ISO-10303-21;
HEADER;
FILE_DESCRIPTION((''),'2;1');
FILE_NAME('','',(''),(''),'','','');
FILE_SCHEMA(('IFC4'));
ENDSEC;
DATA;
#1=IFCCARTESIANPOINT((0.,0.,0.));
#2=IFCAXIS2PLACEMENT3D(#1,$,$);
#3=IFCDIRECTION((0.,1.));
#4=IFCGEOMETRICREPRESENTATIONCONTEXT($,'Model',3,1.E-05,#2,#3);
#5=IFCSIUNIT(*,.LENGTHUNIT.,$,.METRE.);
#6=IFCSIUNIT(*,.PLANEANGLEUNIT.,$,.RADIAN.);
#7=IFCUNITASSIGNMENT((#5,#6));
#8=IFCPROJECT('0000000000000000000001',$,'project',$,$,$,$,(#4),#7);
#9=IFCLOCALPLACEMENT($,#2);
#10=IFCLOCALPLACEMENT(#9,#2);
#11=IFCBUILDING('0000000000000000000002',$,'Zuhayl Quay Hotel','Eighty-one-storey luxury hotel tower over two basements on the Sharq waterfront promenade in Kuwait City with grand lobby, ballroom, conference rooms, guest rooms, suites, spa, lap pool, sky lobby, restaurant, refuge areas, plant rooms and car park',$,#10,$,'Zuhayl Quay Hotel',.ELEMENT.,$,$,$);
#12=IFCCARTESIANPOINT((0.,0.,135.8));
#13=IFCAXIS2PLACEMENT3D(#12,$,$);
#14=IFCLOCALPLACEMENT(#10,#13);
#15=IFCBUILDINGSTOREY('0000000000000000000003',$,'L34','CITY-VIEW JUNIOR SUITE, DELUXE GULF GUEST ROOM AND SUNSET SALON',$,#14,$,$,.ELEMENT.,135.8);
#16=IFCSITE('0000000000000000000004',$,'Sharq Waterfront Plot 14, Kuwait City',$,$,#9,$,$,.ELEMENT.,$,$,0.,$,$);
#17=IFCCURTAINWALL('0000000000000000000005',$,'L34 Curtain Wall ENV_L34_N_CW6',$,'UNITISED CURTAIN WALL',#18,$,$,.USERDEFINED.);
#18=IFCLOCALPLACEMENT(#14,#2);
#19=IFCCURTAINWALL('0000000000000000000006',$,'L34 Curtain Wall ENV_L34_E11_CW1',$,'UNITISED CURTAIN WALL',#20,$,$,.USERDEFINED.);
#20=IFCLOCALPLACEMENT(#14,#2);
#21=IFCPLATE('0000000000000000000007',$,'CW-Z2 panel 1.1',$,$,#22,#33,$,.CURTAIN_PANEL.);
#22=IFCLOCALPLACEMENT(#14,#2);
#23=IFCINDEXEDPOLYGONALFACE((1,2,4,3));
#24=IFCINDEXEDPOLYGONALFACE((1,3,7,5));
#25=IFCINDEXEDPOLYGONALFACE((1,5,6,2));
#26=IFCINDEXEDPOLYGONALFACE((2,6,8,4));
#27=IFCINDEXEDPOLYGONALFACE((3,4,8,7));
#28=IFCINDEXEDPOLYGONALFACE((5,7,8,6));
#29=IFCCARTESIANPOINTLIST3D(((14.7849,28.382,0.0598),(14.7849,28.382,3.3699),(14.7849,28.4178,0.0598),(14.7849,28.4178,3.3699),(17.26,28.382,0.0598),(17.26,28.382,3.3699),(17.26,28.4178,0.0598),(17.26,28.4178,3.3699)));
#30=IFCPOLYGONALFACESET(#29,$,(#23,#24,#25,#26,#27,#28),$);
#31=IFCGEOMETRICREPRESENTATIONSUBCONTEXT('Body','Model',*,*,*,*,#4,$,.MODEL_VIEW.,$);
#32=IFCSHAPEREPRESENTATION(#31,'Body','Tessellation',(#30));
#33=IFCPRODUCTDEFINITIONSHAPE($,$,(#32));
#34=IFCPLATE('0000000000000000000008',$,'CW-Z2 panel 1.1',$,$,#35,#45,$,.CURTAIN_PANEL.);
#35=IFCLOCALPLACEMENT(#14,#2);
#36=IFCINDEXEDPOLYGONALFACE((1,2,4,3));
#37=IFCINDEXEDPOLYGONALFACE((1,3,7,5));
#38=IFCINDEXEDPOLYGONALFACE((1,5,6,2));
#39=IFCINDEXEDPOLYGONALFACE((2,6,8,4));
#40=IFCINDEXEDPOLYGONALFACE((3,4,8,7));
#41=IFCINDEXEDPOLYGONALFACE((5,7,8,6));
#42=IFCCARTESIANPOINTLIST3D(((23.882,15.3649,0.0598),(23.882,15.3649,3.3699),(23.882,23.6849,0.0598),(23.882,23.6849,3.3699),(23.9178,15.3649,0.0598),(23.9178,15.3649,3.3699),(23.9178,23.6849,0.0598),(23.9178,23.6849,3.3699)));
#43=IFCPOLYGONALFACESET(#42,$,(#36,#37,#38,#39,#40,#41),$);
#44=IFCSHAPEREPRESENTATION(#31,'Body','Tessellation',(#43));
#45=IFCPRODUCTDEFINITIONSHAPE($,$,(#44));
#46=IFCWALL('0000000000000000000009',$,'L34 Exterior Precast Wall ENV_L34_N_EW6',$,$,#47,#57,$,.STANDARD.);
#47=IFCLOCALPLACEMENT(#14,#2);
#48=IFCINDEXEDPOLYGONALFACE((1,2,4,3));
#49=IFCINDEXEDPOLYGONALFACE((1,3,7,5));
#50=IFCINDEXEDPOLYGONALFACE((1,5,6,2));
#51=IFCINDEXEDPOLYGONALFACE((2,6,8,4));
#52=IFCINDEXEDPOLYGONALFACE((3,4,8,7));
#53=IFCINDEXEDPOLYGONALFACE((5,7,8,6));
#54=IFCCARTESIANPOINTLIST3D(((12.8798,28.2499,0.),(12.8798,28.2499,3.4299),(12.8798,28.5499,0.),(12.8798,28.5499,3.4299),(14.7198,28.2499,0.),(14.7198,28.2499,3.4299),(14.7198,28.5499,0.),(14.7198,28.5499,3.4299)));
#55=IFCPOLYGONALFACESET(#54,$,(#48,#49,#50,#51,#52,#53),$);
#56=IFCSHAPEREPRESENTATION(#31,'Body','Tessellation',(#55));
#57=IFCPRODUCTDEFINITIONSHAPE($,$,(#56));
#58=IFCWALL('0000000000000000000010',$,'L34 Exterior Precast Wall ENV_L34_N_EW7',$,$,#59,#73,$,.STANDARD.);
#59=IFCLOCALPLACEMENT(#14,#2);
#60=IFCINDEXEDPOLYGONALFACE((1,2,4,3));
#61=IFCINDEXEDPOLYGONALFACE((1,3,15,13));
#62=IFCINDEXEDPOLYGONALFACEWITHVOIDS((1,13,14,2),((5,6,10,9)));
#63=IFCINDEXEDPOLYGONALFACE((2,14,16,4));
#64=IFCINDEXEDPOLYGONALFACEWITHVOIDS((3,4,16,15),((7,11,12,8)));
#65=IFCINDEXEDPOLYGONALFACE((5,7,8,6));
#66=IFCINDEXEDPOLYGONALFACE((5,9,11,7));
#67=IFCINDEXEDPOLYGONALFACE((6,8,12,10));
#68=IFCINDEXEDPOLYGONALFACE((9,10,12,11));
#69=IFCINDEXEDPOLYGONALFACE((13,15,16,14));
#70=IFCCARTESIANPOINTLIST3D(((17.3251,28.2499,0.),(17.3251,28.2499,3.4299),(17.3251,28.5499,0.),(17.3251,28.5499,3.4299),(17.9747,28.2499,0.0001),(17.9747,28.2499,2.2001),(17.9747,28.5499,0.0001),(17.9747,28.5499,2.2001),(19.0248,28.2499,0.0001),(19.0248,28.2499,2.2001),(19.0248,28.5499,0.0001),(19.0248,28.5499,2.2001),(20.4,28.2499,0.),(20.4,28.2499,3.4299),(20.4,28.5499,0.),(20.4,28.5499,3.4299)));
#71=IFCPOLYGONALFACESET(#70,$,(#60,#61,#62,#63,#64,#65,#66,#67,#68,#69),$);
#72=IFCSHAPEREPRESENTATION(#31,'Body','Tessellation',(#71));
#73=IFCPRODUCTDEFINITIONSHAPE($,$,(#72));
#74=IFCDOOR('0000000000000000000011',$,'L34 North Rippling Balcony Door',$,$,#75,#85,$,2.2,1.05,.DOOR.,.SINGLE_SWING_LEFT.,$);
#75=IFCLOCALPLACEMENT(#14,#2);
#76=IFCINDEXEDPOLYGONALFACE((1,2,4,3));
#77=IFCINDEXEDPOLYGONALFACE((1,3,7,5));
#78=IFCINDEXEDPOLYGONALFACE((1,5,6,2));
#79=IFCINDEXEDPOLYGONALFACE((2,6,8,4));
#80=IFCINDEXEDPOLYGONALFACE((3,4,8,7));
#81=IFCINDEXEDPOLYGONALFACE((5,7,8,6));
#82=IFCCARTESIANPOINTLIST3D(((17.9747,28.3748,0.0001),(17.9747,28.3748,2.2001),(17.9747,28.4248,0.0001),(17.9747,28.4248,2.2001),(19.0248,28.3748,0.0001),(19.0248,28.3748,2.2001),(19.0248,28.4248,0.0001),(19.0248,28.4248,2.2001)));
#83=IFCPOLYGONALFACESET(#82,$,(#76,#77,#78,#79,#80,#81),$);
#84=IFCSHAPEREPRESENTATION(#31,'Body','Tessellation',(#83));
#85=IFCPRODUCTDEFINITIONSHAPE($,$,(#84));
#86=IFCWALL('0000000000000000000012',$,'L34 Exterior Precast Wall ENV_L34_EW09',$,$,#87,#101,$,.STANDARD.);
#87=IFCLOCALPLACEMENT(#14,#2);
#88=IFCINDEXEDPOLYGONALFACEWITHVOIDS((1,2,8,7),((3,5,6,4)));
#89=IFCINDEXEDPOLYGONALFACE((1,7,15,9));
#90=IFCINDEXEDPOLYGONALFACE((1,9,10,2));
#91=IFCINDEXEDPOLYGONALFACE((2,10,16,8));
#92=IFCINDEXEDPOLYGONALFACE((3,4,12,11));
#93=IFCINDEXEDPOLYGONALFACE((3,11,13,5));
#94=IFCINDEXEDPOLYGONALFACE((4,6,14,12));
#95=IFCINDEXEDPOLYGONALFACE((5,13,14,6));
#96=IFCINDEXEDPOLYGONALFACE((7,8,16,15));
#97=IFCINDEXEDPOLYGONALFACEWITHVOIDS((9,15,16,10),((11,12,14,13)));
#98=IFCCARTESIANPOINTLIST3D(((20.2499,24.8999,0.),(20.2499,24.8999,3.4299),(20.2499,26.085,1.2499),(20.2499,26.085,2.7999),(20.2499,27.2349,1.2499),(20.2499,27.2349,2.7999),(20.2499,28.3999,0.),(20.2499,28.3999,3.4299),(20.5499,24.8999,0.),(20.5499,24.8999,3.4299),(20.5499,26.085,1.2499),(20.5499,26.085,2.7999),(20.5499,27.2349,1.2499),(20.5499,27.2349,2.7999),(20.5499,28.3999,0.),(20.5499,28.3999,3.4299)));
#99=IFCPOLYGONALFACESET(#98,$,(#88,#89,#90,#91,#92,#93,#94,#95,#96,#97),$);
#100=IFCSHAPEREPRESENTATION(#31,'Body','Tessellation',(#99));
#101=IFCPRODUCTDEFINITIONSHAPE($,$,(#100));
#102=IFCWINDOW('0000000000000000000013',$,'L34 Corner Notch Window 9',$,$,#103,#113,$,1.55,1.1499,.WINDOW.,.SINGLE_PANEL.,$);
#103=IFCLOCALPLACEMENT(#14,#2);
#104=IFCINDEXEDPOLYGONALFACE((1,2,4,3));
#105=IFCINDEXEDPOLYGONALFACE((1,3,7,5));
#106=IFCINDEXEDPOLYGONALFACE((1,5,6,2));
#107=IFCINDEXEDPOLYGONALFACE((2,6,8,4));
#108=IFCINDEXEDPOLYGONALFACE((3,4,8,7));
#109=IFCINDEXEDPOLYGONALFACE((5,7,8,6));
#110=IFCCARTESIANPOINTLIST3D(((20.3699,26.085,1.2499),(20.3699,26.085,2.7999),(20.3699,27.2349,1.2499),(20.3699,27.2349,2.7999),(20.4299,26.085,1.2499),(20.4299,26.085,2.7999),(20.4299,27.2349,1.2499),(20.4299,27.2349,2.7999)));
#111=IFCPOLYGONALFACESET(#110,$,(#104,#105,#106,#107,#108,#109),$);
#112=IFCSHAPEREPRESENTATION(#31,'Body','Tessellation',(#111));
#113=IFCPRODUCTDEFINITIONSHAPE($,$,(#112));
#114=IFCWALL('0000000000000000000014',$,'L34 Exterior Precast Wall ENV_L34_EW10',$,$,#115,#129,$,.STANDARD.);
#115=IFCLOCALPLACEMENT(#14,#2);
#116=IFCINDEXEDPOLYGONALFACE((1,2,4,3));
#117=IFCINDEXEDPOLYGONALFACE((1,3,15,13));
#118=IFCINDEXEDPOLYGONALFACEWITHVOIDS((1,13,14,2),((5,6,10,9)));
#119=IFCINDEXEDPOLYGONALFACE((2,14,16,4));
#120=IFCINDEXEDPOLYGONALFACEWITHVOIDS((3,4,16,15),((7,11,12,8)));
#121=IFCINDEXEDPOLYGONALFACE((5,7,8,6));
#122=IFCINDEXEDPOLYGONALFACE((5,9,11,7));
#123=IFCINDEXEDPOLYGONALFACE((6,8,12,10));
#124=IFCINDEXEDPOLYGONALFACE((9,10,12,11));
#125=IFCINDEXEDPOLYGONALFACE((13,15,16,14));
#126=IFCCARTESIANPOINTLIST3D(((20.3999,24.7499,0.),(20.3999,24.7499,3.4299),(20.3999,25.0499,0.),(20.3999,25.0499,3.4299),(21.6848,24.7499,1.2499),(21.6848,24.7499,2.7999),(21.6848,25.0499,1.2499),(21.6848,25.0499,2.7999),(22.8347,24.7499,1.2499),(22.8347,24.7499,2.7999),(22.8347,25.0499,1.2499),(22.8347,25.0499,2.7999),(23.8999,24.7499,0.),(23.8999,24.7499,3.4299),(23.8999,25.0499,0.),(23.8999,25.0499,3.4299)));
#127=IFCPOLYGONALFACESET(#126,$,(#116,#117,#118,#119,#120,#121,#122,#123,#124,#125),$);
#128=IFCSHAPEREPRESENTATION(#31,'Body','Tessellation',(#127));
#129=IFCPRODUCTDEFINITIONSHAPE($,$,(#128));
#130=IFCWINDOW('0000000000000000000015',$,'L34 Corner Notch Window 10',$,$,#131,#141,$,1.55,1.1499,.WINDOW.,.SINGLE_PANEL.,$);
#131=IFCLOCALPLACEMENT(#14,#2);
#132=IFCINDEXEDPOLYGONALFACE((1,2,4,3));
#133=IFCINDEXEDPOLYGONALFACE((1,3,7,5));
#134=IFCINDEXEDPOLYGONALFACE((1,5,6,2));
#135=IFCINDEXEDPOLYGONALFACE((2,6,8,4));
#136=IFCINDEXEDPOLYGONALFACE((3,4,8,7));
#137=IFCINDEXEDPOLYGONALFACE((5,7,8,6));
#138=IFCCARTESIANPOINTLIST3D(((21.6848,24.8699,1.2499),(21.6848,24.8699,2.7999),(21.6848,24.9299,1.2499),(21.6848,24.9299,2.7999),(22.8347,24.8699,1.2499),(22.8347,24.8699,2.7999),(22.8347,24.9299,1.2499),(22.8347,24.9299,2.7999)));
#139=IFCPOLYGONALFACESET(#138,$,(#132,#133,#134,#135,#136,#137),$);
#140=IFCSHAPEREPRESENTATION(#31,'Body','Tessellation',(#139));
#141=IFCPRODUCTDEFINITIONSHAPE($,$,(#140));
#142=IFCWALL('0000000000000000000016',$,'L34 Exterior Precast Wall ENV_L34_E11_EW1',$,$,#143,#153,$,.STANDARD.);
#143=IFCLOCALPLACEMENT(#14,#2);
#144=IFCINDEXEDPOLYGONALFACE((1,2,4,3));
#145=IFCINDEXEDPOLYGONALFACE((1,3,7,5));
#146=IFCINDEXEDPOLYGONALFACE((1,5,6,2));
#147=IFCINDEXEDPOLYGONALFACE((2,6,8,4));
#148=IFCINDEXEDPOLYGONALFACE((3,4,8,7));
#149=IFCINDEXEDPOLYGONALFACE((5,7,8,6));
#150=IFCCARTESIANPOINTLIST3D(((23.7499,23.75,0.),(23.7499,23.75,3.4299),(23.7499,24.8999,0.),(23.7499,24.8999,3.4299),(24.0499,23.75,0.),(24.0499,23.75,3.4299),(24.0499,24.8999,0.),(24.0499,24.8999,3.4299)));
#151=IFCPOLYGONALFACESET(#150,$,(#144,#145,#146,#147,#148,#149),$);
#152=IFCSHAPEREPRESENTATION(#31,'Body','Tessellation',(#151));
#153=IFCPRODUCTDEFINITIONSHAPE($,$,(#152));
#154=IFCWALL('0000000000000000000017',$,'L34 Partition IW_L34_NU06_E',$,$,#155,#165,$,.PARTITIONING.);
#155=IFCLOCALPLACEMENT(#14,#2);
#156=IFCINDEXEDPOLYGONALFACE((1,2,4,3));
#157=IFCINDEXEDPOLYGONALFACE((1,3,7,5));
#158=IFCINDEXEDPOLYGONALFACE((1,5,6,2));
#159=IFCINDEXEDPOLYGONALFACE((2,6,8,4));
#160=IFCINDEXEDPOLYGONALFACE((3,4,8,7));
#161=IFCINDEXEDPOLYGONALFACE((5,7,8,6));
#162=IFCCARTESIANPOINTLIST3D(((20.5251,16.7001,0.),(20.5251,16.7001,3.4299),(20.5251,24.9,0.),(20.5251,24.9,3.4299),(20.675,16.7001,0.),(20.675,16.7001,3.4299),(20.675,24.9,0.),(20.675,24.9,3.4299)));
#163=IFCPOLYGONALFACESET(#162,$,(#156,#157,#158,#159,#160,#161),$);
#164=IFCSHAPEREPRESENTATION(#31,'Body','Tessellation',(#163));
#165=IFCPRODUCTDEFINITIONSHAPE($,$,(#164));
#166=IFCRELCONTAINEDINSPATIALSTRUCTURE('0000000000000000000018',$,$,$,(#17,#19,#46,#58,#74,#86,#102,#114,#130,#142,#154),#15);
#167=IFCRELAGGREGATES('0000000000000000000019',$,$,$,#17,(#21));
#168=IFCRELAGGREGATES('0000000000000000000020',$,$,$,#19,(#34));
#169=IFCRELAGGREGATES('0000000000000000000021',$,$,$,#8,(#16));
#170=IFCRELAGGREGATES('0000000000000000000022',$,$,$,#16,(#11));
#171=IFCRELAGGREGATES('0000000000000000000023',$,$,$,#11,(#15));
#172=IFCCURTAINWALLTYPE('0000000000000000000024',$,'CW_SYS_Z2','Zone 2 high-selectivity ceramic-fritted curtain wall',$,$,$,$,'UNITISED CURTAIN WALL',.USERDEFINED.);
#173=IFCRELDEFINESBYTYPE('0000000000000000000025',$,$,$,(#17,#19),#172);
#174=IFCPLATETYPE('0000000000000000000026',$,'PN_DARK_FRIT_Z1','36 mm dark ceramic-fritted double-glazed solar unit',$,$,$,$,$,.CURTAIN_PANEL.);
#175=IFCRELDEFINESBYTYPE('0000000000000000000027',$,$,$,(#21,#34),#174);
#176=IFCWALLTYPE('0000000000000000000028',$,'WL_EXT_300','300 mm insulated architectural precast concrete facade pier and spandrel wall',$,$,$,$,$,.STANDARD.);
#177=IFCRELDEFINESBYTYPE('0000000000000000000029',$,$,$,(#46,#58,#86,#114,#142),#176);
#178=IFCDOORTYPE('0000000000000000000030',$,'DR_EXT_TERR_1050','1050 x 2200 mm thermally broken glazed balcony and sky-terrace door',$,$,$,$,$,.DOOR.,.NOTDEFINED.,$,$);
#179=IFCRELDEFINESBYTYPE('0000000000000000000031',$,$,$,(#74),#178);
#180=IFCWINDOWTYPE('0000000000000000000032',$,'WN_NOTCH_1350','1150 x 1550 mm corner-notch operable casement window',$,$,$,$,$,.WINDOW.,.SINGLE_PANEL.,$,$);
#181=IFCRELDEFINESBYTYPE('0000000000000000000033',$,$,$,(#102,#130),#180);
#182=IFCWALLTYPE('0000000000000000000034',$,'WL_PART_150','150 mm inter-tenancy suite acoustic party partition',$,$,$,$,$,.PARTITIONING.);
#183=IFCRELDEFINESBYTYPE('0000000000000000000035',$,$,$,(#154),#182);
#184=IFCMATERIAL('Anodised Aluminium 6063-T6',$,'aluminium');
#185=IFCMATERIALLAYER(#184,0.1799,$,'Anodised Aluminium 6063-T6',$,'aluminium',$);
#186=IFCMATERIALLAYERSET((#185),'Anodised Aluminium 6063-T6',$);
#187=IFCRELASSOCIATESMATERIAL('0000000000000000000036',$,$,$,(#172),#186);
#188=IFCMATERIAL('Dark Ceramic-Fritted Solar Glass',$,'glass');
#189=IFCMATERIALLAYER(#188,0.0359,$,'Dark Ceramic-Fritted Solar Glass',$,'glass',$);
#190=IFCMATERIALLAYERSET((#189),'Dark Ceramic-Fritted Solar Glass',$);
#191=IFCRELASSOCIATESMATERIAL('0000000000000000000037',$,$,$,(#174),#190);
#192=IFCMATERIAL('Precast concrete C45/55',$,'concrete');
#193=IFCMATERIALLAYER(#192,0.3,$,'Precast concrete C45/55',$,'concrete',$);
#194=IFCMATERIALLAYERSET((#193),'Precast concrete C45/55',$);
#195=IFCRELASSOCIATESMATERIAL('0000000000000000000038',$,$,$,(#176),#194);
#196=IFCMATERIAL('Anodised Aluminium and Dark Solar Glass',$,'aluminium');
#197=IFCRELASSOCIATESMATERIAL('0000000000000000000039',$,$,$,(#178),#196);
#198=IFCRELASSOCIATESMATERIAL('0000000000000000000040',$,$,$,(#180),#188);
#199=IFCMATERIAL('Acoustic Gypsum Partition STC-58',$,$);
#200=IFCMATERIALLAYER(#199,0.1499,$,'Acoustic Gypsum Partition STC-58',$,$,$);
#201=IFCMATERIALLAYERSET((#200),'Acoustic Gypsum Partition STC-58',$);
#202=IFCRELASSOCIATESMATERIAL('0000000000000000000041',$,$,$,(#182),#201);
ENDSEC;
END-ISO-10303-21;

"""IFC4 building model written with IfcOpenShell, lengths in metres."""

from ifc_helpers import new_model, si_unit, direction, frame, frame_2d, origin, origin_2d, place, context, subcontext, project, spatial, rectangle, extrude, material, layer, layer_set, type_object, element, fill, aggregate, save


model = new_model("IFC4")

# Units and contexts
model_context = context("Model", 3, precision=1e-05, world=origin(), true_north=direction((0.0, 1.0)))
body_context = subcontext(model_context, "Body", "Model", "MODEL_VIEW")
ifc_project = project(units=[si_unit("LENGTHUNIT", "METRE"), si_unit("PLANEANGLEUNIT", "RADIAN")], contexts=[model_context])

# Site, building, storey
site_placement = place(None, origin())
site = spatial("IfcSite", under=ifc_project, at=site_placement, Name="Sharq Waterfront Plot 14, Kuwait City", CompositionType="ELEMENT", RefElevation=0.0)
building_placement = place(site_placement, origin())
building = spatial("IfcBuilding", under=site, at=building_placement, Name="Zuhayl Quay Hotel", Description="Eighty-one-storey luxury hotel tower over two basements on the Sharq waterfront promenade in Kuwait City with grand lobby, ballroom, conference rooms, guest rooms, suites, spa, lap pool, sky lobby, restaurant, refuge areas, plant rooms and car park", LongName="Zuhayl Quay Hotel", CompositionType="ELEMENT")
storey_placement = place(building_placement, frame((0.0, 0.0, 135.8)))
storey = spatial("IfcBuildingStorey", under=building, at=storey_placement, Name="L34", Description="CITY-VIEW JUNIOR SUITE, DELUXE GULF GUEST ROOM AND SUNSET SALON", CompositionType="ELEMENT", Elevation=135.8)

# Shared definitions
ifc_material_1 = material(Name="Anodised Aluminium 6063-T6", Category="aluminium")
ifc_layer_1 = layer(ifc_material_1, 0.1799, Name="Anodised Aluminium 6063-T6", Category="aluminium")
ifc_layer_set_1 = layer_set([ifc_layer_1], Name="Anodised Aluminium 6063-T6")
curtain_wall_type = type_object("IfcCurtainWallType", Name="CW_SYS_Z2", Description="Zone 2 high-selectivity ceramic-fritted curtain wall", ElementType="UNITISED CURTAIN WALL", PredefinedType="USERDEFINED", material=ifc_layer_set_1)

# Curtain wall
curtain_wall_1_placement = place(storey_placement, origin())
curtain_wall_1 = element("IfcCurtainWall", 1, at=curtain_wall_1_placement, inside=storey, type_object=curtain_wall_type, Name="L34 Curtain Wall ENV_L34_N_CW6", ObjectType="UNITISED CURTAIN WALL", PredefinedType="USERDEFINED")

# Curtain wall
curtain_wall_2_placement = place(storey_placement, origin())
curtain_wall_2 = element("IfcCurtainWall", 2, at=curtain_wall_2_placement, inside=storey, type_object=curtain_wall_type, Name="L34 Curtain Wall ENV_L34_E11_CW1", ObjectType="UNITISED CURTAIN WALL", PredefinedType="USERDEFINED")

# Plates
ifc_material_2 = material(Name="Dark Ceramic-Fritted Solar Glass", Category="glass")
ifc_layer_2 = layer(ifc_material_2, 0.0359, Name="Dark Ceramic-Fritted Solar Glass", Category="glass")
ifc_layer_set_2 = layer_set([ifc_layer_2], Name="Dark Ceramic-Fritted Solar Glass")
plate_type = type_object("IfcPlateType", Name="PN_DARK_FRIT_Z1", Description="36 mm dark ceramic-fritted double-glazed solar unit", PredefinedType="CURTAIN_PANEL", material=ifc_layer_set_2)
plate_1_placement = place(storey_placement, frame((16.0225, 28.3999, 0.0598), z_axis=(0.0, 0.0, 1.0), x_axis=(1.0, 0.0, 0.0)))
plate_1 = element("IfcPlate", 3, at=plate_1_placement, type_object=plate_type, Name="CW-Z2 panel 1.1", PredefinedType="CURTAIN_PANEL", context=body_context, shape_type="SweptSolid", body=[
    extrude(rectangle(XDim=2.4751, YDim=0.0359, at=origin_2d()), origin(), (0.0, 0.0, 1.0), 3.3101),
])
aggregate(curtain_wall_1, [plate_1])
plate_2_placement = place(storey_placement, frame((23.8999, 19.5249, 0.0598), z_axis=(0.0, 0.0, 1.0), x_axis=(0.0, -1.0, 0.0)))
plate_2 = element("IfcPlate", 4, at=plate_2_placement, type_object=plate_type, Name="CW-Z2 panel 1.1", PredefinedType="CURTAIN_PANEL", context=body_context, shape_type="SweptSolid", body=[
    extrude(rectangle(XDim=8.3201, YDim=0.0359, at=origin_2d()), origin(), (0.0, 0.0, 1.0), 3.3101),
])
aggregate(curtain_wall_2, [plate_2])

# Wall
ifc_material_3 = material(Name="Precast concrete C45/55", Category="concrete")
ifc_layer_3 = layer(ifc_material_3, 0.3, Name="Precast concrete C45/55", Category="concrete")
ifc_layer_set_3 = layer_set([ifc_layer_3], Name="Precast concrete C45/55")
wall_type_1 = type_object("IfcWallType", Name="WL_EXT_300", Description="300 mm insulated architectural precast concrete facade pier and spandrel wall", PredefinedType="STANDARD", material=ifc_layer_set_3)
wall_1_placement = place(storey_placement, frame((12.8799, 28.3999, 0.0), z_axis=(0.0, 0.0, 1.0), x_axis=(1.0, 0.0, 0.0)))
element("IfcWall", 5, at=wall_1_placement, inside=storey, type_object=wall_type_1, Name="L34 Exterior Precast Wall ENV_L34_N_EW6", PredefinedType="STANDARD", context=body_context, shape_type="SweptSolid", body=[
    extrude(rectangle(XDim=1.8401, YDim=0.3, at=frame_2d((0.9199, 0.0))), origin(), (0.0, 0.0, 1.0), 3.4299),
])

# Wall, opening, door
wall_2_placement = place(storey_placement, frame((17.325, 28.3999, 0.0), z_axis=(0.0, 0.0, 1.0), x_axis=(1.0, 0.0, 0.0)))
wall_2 = element("IfcWall", 6, at=wall_2_placement, inside=storey, type_object=wall_type_1, Name="L34 Exterior Precast Wall ENV_L34_N_EW7", PredefinedType="STANDARD", context=body_context, shape_type="SweptSolid", body=[
    extrude(rectangle(XDim=3.075, YDim=0.3, at=frame_2d((1.5376, 0.0))), origin(), (0.0, 0.0, 1.0), 3.4299),
])
opening_1_placement = place(wall_2_placement, frame((0.6499, 0.0, 0.0)))
opening_1 = element("IfcOpeningElement", 7, at=opening_1_placement, cuts=wall_2, PredefinedType="OPENING", context=body_context, shape_type="SweptSolid", body=[
    extrude(rectangle(XDim=1.05, YDim=2.2, at=frame_2d((0.5249, 1.1001))), frame((0.0, 0.1599, 0.0), z_axis=(0.0, -1.0, 0.0), x_axis=(1.0, 0.0, 0.0)), (0.0, 0.0, 1.0), 0.3201),
])
ifc_material_4 = material(Name="Anodised Aluminium and Dark Solar Glass", Category="aluminium")
door_type_1 = type_object("IfcDoorType", Name="DR_EXT_TERR_1050", Description="1050 x 2200 mm thermally broken glazed balcony and sky-terrace door", OperationType="NOTDEFINED", PredefinedType="DOOR", material=ifc_material_4)
door_1_placement = place(opening_1_placement, origin())
door_1 = element("IfcDoor", 8, at=door_1_placement, inside=storey, type_object=door_type_1, Name="L34 North Rippling Balcony Door", OperationType="SINGLE_SWING_LEFT", OverallHeight=2.2, OverallWidth=1.05, PredefinedType="DOOR", context=body_context, shape_type="SweptSolid", body=[
    extrude(rectangle(XDim=1.05, YDim=2.2, at=frame_2d((0.5249, 1.1001))), frame((0.0, 0.0249, 0.0), z_axis=(0.0, -1.0, 0.0), x_axis=(1.0, 0.0, 0.0)), (0.0, 0.0, 1.0), 0.05),
])
fill(opening_1, door_1)

# Walls, openings, windows
wall_3_placement = place(storey_placement, frame((20.3999, 28.3999, 0.0), z_axis=(0.0, 0.0, 1.0), x_axis=(0.0, -1.0, 0.0)))
wall_3 = element("IfcWall", 9, at=wall_3_placement, inside=storey, type_object=wall_type_1, Name="L34 Exterior Precast Wall ENV_L34_EW09", PredefinedType="STANDARD", context=body_context, shape_type="SweptSolid", body=[
    extrude(rectangle(XDim=3.5, YDim=0.3, at=frame_2d((1.75, 0.0))), origin(), (0.0, 0.0, 1.0), 3.4299),
])
opening_2_placement = place(wall_3_placement, frame((1.165, 0.0, 1.25)))
opening_2 = element("IfcOpeningElement", 10, at=opening_2_placement, cuts=wall_3, PredefinedType="OPENING", context=body_context, shape_type="SweptSolid", body=[
    extrude(rectangle(XDim=1.1499, YDim=1.55, at=frame_2d((0.575, 0.7749))), frame((0.0, 0.1599, 0.0), z_axis=(0.0, -1.0, 0.0), x_axis=(1.0, 0.0, 0.0)), (0.0, 0.0, 1.0), 0.3201),
])
window_type = type_object("IfcWindowType", Name="WN_NOTCH_1350", Description="1150 x 1550 mm corner-notch operable casement window", PartitioningType="SINGLE_PANEL", PredefinedType="WINDOW", material=ifc_material_2)
window_1_placement = place(opening_2_placement, origin())
window_1 = element("IfcWindow", 11, at=window_1_placement, inside=storey, type_object=window_type, Name="L34 Corner Notch Window 9", OverallHeight=1.55, OverallWidth=1.1499, PartitioningType="SINGLE_PANEL", PredefinedType="WINDOW", context=body_context, shape_type="SweptSolid", body=[
    extrude(rectangle(XDim=1.1499, YDim=1.55, at=frame_2d((0.575, 0.7749))), frame((0.0, 0.03, 0.0), z_axis=(0.0, -1.0, 0.0), x_axis=(1.0, 0.0, 0.0)), (0.0, 0.0, 1.0), 0.0601),
])
fill(opening_2, window_1)
wall_4_placement = place(storey_placement, frame((20.3999, 24.8999, 0.0), z_axis=(0.0, 0.0, 1.0), x_axis=(1.0, 0.0, 0.0)))
wall_4 = element("IfcWall", 12, at=wall_4_placement, inside=storey, type_object=wall_type_1, Name="L34 Exterior Precast Wall ENV_L34_EW10", PredefinedType="STANDARD", context=body_context, shape_type="SweptSolid", body=[
    extrude(rectangle(XDim=3.5, YDim=0.3, at=frame_2d((1.75, 0.0))), origin(), (0.0, 0.0, 1.0), 3.4299),
])
opening_3_placement = place(wall_4_placement, frame((1.2849, 0.0, 1.25)))
opening_3 = element("IfcOpeningElement", 13, at=opening_3_placement, cuts=wall_4, PredefinedType="OPENING", context=body_context, shape_type="SweptSolid", body=[
    extrude(rectangle(XDim=1.1499, YDim=1.55, at=frame_2d((0.575, 0.7749))), frame((0.0, 0.1599, 0.0), z_axis=(0.0, -1.0, 0.0), x_axis=(1.0, 0.0, 0.0)), (0.0, 0.0, 1.0), 0.3201),
])
window_2_placement = place(opening_3_placement, origin())
window_2 = element("IfcWindow", 14, at=window_2_placement, inside=storey, type_object=window_type, Name="L34 Corner Notch Window 10", OverallHeight=1.55, OverallWidth=1.1499, PartitioningType="SINGLE_PANEL", PredefinedType="WINDOW", context=body_context, shape_type="SweptSolid", body=[
    extrude(rectangle(XDim=1.1499, YDim=1.55, at=frame_2d((0.575, 0.7749))), frame((0.0, 0.03, 0.0), z_axis=(0.0, -1.0, 0.0), x_axis=(1.0, 0.0, 0.0)), (0.0, 0.0, 1.0), 0.0601),
])
fill(opening_3, window_2)

# Walls
wall_5_placement = place(storey_placement, frame((23.8999, 24.8999, 0.0), z_axis=(0.0, 0.0, 1.0), x_axis=(0.0, -1.0, 0.0)))
element("IfcWall", 15, at=wall_5_placement, inside=storey, type_object=wall_type_1, Name="L34 Exterior Precast Wall ENV_L34_E11_EW1", PredefinedType="STANDARD", context=body_context, shape_type="SweptSolid", body=[
    extrude(rectangle(XDim=1.1499, YDim=0.3, at=frame_2d((0.575, 0.0))), origin(), (0.0, 0.0, 1.0), 3.4299),
])
ifc_material_5 = material(Name="Acoustic Gypsum Partition STC-58")
ifc_layer_4 = layer(ifc_material_5, 0.1499, Name="Acoustic Gypsum Partition STC-58")
ifc_layer_set_4 = layer_set([ifc_layer_4], Name="Acoustic Gypsum Partition STC-58")
wall_type_2 = type_object("IfcWallType", Name="WL_PART_150", Description="150 mm inter-tenancy suite acoustic party partition", PredefinedType="PARTITIONING", material=ifc_layer_set_4)
wall_6_placement = place(storey_placement, frame((20.6001, 16.7, 0.0), z_axis=(0.0, 0.0, 1.0), x_axis=(0.0, 1.0, 0.0)))
element("IfcWall", 16, at=wall_6_placement, inside=storey, type_object=wall_type_2, Name="L34 Partition IW_L34_NU06_E", PredefinedType="PARTITIONING", context=body_context, shape_type="SweptSolid", body=[
    extrude(rectangle(XDim=8.2, YDim=0.1499, at=frame_2d((4.1001, 0.0))), origin(), (0.0, 0.0, 1.0), 3.4299),
])

save(model, "model.ifc")
